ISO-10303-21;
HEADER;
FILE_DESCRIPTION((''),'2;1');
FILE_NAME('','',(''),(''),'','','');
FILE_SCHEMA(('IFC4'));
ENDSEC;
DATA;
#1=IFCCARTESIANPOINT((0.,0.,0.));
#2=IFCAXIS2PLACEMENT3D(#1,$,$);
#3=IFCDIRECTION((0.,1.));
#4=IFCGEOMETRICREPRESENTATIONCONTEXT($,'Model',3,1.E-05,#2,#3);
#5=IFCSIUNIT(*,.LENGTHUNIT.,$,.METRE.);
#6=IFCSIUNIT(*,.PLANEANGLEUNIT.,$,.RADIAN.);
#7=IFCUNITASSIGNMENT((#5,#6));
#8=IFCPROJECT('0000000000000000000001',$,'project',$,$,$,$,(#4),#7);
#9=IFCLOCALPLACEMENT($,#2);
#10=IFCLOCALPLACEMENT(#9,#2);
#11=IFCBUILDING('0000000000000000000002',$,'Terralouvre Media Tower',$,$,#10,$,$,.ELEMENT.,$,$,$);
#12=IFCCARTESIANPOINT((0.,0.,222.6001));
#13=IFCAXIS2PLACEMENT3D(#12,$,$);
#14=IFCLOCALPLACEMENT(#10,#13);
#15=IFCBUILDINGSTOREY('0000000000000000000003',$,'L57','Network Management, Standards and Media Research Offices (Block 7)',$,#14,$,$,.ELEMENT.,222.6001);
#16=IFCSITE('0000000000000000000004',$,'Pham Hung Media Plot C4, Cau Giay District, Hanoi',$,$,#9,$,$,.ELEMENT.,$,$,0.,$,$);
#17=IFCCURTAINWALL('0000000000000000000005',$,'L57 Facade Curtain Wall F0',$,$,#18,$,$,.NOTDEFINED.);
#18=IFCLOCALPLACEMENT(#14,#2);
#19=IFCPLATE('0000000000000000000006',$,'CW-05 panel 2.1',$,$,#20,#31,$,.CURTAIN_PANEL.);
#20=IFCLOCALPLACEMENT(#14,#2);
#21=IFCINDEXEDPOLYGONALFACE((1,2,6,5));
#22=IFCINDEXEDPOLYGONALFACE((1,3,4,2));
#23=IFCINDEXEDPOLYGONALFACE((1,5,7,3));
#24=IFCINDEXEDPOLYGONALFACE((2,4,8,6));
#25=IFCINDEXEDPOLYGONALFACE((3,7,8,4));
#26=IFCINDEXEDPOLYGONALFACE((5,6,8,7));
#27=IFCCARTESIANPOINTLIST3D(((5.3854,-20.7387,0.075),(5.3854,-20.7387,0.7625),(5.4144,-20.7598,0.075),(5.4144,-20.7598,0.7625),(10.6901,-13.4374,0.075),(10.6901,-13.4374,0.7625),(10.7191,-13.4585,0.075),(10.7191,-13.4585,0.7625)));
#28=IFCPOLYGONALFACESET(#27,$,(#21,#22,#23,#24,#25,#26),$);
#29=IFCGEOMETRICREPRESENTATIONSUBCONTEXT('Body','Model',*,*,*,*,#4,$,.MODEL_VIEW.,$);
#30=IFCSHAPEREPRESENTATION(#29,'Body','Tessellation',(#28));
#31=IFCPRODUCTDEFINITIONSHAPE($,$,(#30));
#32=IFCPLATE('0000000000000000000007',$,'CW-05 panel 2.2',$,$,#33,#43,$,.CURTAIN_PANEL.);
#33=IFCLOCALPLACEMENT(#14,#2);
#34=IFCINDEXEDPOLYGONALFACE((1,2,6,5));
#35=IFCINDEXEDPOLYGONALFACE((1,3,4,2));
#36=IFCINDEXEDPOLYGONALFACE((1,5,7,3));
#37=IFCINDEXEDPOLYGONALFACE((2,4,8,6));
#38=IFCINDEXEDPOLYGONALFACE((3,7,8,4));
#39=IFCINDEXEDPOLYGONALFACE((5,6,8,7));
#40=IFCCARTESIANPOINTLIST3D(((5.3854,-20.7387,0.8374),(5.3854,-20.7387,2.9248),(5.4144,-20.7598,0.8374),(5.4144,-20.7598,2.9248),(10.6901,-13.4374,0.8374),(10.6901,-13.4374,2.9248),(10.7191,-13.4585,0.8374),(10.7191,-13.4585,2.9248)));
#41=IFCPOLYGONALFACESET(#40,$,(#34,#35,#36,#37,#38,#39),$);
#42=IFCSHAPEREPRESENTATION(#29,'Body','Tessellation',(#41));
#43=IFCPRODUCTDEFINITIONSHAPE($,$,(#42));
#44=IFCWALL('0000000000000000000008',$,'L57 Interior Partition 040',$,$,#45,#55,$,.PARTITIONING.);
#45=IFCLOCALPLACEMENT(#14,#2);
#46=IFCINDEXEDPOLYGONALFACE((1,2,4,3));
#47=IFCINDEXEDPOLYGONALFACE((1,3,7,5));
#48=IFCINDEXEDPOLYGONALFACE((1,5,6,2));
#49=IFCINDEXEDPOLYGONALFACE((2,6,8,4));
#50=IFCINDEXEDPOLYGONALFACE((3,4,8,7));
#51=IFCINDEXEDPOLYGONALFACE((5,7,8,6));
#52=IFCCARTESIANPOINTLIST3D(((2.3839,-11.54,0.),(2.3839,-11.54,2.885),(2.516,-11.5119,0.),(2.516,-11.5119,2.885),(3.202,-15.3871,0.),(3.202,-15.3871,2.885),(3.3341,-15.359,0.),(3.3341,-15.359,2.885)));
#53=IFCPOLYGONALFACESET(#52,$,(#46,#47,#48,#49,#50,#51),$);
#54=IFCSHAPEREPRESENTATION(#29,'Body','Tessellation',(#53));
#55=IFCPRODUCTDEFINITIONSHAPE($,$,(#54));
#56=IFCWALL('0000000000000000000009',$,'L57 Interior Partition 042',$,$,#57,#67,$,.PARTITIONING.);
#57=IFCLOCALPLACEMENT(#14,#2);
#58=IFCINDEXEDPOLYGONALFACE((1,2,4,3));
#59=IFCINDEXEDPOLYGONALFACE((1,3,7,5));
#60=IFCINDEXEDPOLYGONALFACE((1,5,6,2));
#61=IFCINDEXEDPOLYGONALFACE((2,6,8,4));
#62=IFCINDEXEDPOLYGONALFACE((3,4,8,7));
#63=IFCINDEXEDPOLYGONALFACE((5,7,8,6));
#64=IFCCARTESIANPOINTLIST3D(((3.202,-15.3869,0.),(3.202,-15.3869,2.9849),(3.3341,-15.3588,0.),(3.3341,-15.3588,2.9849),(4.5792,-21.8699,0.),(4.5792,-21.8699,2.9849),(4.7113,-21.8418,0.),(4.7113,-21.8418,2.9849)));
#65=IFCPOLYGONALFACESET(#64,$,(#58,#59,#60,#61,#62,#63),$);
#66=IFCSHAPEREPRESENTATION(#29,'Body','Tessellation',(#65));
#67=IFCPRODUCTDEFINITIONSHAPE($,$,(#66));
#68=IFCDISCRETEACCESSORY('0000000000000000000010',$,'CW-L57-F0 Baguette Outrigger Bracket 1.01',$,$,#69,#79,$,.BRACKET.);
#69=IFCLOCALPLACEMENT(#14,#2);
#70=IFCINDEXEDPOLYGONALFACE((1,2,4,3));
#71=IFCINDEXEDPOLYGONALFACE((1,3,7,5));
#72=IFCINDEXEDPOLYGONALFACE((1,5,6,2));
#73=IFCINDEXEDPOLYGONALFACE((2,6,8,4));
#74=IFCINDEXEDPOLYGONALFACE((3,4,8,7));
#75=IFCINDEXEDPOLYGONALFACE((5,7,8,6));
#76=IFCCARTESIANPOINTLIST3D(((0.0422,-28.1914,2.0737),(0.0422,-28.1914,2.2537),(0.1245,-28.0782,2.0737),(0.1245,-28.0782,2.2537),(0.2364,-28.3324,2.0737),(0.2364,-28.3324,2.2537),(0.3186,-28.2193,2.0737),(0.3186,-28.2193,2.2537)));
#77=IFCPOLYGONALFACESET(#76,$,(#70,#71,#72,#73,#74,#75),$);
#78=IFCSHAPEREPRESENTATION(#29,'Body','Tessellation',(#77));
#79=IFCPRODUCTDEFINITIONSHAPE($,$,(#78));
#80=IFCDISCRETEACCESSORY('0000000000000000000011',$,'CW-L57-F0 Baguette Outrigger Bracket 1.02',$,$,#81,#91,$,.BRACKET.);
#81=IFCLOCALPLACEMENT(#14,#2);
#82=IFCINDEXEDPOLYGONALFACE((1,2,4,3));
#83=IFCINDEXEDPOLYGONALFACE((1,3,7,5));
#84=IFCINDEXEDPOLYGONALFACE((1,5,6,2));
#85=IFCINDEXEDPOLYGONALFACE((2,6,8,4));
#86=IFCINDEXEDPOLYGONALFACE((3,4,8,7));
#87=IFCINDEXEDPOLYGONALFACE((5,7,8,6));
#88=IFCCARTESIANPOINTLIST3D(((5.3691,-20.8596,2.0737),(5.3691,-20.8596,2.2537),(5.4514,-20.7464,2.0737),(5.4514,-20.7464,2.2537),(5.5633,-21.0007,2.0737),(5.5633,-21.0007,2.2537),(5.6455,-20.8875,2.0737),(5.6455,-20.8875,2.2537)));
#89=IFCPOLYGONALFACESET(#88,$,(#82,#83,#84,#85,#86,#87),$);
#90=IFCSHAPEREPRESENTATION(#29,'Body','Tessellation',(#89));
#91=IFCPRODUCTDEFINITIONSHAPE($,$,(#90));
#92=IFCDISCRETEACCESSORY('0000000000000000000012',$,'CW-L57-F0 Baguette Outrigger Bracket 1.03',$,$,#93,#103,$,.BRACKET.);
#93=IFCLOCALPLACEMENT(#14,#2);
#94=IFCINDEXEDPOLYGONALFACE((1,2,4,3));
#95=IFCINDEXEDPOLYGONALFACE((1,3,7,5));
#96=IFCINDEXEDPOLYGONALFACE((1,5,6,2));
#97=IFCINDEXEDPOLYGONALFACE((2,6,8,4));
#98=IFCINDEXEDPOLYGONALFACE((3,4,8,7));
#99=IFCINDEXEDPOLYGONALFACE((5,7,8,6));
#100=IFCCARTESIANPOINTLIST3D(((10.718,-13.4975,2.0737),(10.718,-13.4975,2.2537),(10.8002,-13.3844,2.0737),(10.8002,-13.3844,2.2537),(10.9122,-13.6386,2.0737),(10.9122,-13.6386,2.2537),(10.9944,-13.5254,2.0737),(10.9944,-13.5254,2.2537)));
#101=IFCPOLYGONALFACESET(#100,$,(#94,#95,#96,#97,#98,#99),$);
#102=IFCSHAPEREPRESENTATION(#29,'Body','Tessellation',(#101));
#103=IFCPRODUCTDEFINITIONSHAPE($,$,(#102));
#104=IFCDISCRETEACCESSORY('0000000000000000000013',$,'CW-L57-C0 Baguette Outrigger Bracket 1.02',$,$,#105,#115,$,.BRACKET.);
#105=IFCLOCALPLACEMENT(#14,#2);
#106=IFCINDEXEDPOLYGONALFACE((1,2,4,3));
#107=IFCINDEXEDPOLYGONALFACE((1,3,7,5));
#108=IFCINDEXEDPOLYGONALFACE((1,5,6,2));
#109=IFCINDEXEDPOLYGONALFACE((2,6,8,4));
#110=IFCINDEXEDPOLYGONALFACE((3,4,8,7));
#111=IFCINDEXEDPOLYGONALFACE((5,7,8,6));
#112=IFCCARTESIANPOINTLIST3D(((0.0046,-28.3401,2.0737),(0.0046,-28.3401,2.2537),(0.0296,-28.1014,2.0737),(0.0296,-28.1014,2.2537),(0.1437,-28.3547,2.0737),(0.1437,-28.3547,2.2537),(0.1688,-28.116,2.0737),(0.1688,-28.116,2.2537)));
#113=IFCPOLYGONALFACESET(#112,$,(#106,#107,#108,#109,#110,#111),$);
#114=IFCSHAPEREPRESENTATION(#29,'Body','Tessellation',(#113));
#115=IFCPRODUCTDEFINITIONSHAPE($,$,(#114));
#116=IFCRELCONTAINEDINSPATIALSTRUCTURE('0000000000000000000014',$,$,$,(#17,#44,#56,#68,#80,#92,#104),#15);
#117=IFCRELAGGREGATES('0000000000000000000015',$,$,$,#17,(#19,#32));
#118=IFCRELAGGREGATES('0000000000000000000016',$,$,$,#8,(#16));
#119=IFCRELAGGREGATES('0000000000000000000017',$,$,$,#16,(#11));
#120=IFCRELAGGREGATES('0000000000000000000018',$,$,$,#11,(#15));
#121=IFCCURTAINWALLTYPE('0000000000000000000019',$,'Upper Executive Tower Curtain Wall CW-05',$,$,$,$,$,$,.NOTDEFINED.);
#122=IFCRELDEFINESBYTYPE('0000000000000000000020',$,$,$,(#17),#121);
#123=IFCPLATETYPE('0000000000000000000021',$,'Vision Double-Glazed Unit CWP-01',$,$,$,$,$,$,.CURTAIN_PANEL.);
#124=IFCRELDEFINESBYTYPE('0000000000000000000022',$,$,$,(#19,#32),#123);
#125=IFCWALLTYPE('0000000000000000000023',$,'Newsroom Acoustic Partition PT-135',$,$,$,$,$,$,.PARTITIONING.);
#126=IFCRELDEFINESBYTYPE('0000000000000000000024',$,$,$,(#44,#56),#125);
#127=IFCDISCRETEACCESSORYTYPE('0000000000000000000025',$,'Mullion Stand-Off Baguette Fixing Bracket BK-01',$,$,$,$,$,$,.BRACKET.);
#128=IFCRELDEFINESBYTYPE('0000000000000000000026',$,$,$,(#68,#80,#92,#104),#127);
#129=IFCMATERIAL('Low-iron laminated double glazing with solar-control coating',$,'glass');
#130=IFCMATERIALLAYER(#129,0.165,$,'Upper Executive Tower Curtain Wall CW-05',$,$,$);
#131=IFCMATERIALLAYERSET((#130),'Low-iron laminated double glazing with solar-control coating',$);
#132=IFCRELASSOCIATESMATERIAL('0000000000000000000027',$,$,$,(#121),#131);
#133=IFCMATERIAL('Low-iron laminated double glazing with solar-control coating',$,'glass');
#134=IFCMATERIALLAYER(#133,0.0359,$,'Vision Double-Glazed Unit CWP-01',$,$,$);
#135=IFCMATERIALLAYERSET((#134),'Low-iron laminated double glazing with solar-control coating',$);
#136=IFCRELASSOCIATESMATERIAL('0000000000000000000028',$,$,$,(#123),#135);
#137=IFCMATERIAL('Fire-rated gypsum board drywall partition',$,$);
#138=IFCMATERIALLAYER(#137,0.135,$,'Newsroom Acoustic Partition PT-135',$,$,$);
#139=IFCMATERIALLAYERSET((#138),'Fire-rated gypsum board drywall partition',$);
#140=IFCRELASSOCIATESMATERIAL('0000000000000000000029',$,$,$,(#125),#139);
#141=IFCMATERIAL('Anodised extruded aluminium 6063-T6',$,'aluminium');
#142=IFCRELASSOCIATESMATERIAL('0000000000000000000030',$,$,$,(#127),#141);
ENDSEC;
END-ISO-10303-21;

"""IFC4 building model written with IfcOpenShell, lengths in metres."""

from ifc_helpers import new_model, si_unit, direction, frame, frame_2d, origin, origin_2d, place, context, subcontext, project, spatial, rectangle, extrude, material, layer, layer_set, type_object, element, aggregate, save


model = new_model("IFC4")

# Units and contexts
model_context = context("Model", 3, precision=1e-05, world=origin(), true_north=direction((0.0, 1.0)))
body_context = subcontext(model_context, "Body", "Model", "MODEL_VIEW")
ifc_project = project(units=[si_unit("LENGTHUNIT", "METRE"), si_unit("PLANEANGLEUNIT", "RADIAN")], contexts=[model_context])

# Site, building, storey
site_placement = place(None, origin())
site = spatial("IfcSite", under=ifc_project, at=site_placement, Name="Pham Hung Media Plot C4, Cau Giay District, Hanoi", CompositionType="ELEMENT", RefElevation=0.0)
building_placement = place(site_placement, origin())
building = spatial("IfcBuilding", under=site, at=building_placement, Name="Terralouvre Media Tower", CompositionType="ELEMENT")
storey_placement = place(building_placement, frame((0.0, 0.0, 222.6001)))
storey = spatial("IfcBuildingStorey", under=building, at=storey_placement, Name="L57", Description="Network Management, Standards and Media Research Offices (Block 7)", CompositionType="ELEMENT", Elevation=222.6001)

# Curtain wall
ifc_material_1 = material(Name="Low-iron laminated double glazing with solar-control coating", Category="glass")
ifc_layer_1 = layer(ifc_material_1, 0.165, Name="Upper Executive Tower Curtain Wall CW-05")
ifc_layer_set_1 = layer_set([ifc_layer_1], Name="Low-iron laminated double glazing with solar-control coating")
curtain_wall_type_1 = type_object("IfcCurtainWallType", Name="Upper Executive Tower Curtain Wall CW-05", PredefinedType="NOTDEFINED", material=ifc_layer_set_1)
curtain_wall_1_placement = place(storey_placement, origin())
curtain_wall_1 = element("IfcCurtainWall", 1, at=curtain_wall_1_placement, inside=storey, type_object=curtain_wall_type_1, Name="L57 Facade Curtain Wall F0", PredefinedType="NOTDEFINED")

# Plates
ifc_material_2 = material(Name="Low-iron laminated double glazing with solar-control coating", Category="glass")
ifc_layer_2 = layer(ifc_material_2, 0.0359, Name="Vision Double-Glazed Unit CWP-01")
ifc_layer_set_2 = layer_set([ifc_layer_2], Name="Low-iron laminated double glazing with solar-control coating")
plate_type = type_object("IfcPlateType", Name="Vision Double-Glazed Unit CWP-01", PredefinedType="CURTAIN_PANEL", material=ifc_layer_set_2)
plate_1_placement = place(storey_placement, frame((8.0522, -17.0986, 0.075), z_axis=(0.0, 0.0, 1.0), x_axis=(0.587785, 0.809017, 0.0)))
plate_1 = element("IfcPlate", 2, at=plate_1_placement, type_object=plate_type, Name="CW-05 panel 2.1", PredefinedType="CURTAIN_PANEL", context=body_context, shape_type="SweptSolid", body=[
    extrude(rectangle(XDim=9.0249, YDim=0.0359, at=origin_2d()), origin(), (0.0, 0.0, 1.0), 0.6875),
])
plate_2_placement = place(storey_placement, frame((8.0522, -17.0986, 0.8374), z_axis=(0.0, 0.0, 1.0), x_axis=(0.587785, 0.809017, 0.0)))
plate_2 = element("IfcPlate", 3, at=plate_2_placement, type_object=plate_type, Name="CW-05 panel 2.2", PredefinedType="CURTAIN_PANEL", context=body_context, shape_type="SweptSolid", body=[
    extrude(rectangle(XDim=9.0249, YDim=0.0359, at=origin_2d()), origin(), (0.0, 0.0, 1.0), 2.0874),
])
aggregate(curtain_wall_1, [plate_1, plate_2])

# Walls
ifc_material_3 = material(Name="Fire-rated gypsum board drywall partition")
ifc_layer_3 = layer(ifc_material_3, 0.135, Name="Newsroom Acoustic Partition PT-135")
ifc_layer_set_3 = layer_set([ifc_layer_3], Name="Fire-rated gypsum board drywall partition")
wall_type = type_object("IfcWallType", Name="Newsroom Acoustic Partition PT-135", PredefinedType="PARTITIONING", material=ifc_layer_set_3)
wall_1_placement = place(storey_placement, frame((3.2681, -15.373, 0.0), z_axis=(0.0, 0.0, 1.0), x_axis=(-0.208003, 0.978128, 0.0)))
element("IfcWall", 4, at=wall_1_placement, inside=storey, type_object=wall_type, Name="L57 Interior Partition 040", PredefinedType="PARTITIONING", context=body_context, shape_type="SweptSolid", body=[
    extrude(rectangle(XDim=3.9331, YDim=0.135, at=frame_2d((1.9666, 0.0))), origin(), (0.0, 0.0, 1.0), 2.885),
])
wall_2_placement = place(storey_placement, frame((4.6453, -21.856, 0.0), z_axis=(0.0, 0.0, 1.0), x_axis=(-0.207798, 0.978172, 0.0)))
element("IfcWall", 5, at=wall_2_placement, inside=storey, type_object=wall_type, Name="L57 Interior Partition 042", PredefinedType="PARTITIONING", context=body_context, shape_type="SweptSolid", body=[
    extrude(rectangle(XDim=6.6277, YDim=0.135, at=frame_2d((3.314, 0.0))), origin(), (0.0, 0.0, 1.0), 2.9849),
])

# Discrete accessories
ifc_material_4 = material(Name="Anodised extruded aluminium 6063-T6", Category="aluminium")
discrete_accessory_type = type_object("IfcDiscreteAccessoryType", Name="Mullion Stand-Off Baguette Fixing Bracket BK-01", PredefinedType="BRACKET", material=ifc_material_4)
for number, where, z_axis, x_axis, name in (
    (6, (0.1804, -28.2053, 2.0737), (0.0, 0.0, 1.0), (0.587785, 0.809017, 0.0), "CW-L57-F0 Baguette Outrigger Bracket 1.01"),
    (7, (5.5073, -20.8735, 2.0737), (0.0, 0.0, 1.0), (0.587785, 0.809017, 0.0), "CW-L57-F0 Baguette Outrigger Bracket 1.02"),
    (8, (10.8562, -13.5115, 2.0737), (0.0, 0.0, 1.0), (0.587785, 0.809017, 0.0), "CW-L57-F0 Baguette Outrigger Bracket 1.03"),
    (9, (0.0867, -28.228, 2.0737), (0.0, 0.0, 1.0), (0.994522, -0.104528, 0.0), "CW-L57-C0 Baguette Outrigger Bracket 1.02"),
):
    element("IfcDiscreteAccessory", number, at=place(storey_placement, frame(where, z_axis=z_axis, x_axis=x_axis)), inside=storey, type_object=discrete_accessory_type, Name=name, PredefinedType="BRACKET", context=body_context, shape_type="SweptSolid", body=[
        extrude(rectangle(XDim=0.1399, YDim=0.24, at=origin_2d()), origin(), (0.0, 0.0, 1.0), 0.1799),
    ])

save(model, "model.ifc")
